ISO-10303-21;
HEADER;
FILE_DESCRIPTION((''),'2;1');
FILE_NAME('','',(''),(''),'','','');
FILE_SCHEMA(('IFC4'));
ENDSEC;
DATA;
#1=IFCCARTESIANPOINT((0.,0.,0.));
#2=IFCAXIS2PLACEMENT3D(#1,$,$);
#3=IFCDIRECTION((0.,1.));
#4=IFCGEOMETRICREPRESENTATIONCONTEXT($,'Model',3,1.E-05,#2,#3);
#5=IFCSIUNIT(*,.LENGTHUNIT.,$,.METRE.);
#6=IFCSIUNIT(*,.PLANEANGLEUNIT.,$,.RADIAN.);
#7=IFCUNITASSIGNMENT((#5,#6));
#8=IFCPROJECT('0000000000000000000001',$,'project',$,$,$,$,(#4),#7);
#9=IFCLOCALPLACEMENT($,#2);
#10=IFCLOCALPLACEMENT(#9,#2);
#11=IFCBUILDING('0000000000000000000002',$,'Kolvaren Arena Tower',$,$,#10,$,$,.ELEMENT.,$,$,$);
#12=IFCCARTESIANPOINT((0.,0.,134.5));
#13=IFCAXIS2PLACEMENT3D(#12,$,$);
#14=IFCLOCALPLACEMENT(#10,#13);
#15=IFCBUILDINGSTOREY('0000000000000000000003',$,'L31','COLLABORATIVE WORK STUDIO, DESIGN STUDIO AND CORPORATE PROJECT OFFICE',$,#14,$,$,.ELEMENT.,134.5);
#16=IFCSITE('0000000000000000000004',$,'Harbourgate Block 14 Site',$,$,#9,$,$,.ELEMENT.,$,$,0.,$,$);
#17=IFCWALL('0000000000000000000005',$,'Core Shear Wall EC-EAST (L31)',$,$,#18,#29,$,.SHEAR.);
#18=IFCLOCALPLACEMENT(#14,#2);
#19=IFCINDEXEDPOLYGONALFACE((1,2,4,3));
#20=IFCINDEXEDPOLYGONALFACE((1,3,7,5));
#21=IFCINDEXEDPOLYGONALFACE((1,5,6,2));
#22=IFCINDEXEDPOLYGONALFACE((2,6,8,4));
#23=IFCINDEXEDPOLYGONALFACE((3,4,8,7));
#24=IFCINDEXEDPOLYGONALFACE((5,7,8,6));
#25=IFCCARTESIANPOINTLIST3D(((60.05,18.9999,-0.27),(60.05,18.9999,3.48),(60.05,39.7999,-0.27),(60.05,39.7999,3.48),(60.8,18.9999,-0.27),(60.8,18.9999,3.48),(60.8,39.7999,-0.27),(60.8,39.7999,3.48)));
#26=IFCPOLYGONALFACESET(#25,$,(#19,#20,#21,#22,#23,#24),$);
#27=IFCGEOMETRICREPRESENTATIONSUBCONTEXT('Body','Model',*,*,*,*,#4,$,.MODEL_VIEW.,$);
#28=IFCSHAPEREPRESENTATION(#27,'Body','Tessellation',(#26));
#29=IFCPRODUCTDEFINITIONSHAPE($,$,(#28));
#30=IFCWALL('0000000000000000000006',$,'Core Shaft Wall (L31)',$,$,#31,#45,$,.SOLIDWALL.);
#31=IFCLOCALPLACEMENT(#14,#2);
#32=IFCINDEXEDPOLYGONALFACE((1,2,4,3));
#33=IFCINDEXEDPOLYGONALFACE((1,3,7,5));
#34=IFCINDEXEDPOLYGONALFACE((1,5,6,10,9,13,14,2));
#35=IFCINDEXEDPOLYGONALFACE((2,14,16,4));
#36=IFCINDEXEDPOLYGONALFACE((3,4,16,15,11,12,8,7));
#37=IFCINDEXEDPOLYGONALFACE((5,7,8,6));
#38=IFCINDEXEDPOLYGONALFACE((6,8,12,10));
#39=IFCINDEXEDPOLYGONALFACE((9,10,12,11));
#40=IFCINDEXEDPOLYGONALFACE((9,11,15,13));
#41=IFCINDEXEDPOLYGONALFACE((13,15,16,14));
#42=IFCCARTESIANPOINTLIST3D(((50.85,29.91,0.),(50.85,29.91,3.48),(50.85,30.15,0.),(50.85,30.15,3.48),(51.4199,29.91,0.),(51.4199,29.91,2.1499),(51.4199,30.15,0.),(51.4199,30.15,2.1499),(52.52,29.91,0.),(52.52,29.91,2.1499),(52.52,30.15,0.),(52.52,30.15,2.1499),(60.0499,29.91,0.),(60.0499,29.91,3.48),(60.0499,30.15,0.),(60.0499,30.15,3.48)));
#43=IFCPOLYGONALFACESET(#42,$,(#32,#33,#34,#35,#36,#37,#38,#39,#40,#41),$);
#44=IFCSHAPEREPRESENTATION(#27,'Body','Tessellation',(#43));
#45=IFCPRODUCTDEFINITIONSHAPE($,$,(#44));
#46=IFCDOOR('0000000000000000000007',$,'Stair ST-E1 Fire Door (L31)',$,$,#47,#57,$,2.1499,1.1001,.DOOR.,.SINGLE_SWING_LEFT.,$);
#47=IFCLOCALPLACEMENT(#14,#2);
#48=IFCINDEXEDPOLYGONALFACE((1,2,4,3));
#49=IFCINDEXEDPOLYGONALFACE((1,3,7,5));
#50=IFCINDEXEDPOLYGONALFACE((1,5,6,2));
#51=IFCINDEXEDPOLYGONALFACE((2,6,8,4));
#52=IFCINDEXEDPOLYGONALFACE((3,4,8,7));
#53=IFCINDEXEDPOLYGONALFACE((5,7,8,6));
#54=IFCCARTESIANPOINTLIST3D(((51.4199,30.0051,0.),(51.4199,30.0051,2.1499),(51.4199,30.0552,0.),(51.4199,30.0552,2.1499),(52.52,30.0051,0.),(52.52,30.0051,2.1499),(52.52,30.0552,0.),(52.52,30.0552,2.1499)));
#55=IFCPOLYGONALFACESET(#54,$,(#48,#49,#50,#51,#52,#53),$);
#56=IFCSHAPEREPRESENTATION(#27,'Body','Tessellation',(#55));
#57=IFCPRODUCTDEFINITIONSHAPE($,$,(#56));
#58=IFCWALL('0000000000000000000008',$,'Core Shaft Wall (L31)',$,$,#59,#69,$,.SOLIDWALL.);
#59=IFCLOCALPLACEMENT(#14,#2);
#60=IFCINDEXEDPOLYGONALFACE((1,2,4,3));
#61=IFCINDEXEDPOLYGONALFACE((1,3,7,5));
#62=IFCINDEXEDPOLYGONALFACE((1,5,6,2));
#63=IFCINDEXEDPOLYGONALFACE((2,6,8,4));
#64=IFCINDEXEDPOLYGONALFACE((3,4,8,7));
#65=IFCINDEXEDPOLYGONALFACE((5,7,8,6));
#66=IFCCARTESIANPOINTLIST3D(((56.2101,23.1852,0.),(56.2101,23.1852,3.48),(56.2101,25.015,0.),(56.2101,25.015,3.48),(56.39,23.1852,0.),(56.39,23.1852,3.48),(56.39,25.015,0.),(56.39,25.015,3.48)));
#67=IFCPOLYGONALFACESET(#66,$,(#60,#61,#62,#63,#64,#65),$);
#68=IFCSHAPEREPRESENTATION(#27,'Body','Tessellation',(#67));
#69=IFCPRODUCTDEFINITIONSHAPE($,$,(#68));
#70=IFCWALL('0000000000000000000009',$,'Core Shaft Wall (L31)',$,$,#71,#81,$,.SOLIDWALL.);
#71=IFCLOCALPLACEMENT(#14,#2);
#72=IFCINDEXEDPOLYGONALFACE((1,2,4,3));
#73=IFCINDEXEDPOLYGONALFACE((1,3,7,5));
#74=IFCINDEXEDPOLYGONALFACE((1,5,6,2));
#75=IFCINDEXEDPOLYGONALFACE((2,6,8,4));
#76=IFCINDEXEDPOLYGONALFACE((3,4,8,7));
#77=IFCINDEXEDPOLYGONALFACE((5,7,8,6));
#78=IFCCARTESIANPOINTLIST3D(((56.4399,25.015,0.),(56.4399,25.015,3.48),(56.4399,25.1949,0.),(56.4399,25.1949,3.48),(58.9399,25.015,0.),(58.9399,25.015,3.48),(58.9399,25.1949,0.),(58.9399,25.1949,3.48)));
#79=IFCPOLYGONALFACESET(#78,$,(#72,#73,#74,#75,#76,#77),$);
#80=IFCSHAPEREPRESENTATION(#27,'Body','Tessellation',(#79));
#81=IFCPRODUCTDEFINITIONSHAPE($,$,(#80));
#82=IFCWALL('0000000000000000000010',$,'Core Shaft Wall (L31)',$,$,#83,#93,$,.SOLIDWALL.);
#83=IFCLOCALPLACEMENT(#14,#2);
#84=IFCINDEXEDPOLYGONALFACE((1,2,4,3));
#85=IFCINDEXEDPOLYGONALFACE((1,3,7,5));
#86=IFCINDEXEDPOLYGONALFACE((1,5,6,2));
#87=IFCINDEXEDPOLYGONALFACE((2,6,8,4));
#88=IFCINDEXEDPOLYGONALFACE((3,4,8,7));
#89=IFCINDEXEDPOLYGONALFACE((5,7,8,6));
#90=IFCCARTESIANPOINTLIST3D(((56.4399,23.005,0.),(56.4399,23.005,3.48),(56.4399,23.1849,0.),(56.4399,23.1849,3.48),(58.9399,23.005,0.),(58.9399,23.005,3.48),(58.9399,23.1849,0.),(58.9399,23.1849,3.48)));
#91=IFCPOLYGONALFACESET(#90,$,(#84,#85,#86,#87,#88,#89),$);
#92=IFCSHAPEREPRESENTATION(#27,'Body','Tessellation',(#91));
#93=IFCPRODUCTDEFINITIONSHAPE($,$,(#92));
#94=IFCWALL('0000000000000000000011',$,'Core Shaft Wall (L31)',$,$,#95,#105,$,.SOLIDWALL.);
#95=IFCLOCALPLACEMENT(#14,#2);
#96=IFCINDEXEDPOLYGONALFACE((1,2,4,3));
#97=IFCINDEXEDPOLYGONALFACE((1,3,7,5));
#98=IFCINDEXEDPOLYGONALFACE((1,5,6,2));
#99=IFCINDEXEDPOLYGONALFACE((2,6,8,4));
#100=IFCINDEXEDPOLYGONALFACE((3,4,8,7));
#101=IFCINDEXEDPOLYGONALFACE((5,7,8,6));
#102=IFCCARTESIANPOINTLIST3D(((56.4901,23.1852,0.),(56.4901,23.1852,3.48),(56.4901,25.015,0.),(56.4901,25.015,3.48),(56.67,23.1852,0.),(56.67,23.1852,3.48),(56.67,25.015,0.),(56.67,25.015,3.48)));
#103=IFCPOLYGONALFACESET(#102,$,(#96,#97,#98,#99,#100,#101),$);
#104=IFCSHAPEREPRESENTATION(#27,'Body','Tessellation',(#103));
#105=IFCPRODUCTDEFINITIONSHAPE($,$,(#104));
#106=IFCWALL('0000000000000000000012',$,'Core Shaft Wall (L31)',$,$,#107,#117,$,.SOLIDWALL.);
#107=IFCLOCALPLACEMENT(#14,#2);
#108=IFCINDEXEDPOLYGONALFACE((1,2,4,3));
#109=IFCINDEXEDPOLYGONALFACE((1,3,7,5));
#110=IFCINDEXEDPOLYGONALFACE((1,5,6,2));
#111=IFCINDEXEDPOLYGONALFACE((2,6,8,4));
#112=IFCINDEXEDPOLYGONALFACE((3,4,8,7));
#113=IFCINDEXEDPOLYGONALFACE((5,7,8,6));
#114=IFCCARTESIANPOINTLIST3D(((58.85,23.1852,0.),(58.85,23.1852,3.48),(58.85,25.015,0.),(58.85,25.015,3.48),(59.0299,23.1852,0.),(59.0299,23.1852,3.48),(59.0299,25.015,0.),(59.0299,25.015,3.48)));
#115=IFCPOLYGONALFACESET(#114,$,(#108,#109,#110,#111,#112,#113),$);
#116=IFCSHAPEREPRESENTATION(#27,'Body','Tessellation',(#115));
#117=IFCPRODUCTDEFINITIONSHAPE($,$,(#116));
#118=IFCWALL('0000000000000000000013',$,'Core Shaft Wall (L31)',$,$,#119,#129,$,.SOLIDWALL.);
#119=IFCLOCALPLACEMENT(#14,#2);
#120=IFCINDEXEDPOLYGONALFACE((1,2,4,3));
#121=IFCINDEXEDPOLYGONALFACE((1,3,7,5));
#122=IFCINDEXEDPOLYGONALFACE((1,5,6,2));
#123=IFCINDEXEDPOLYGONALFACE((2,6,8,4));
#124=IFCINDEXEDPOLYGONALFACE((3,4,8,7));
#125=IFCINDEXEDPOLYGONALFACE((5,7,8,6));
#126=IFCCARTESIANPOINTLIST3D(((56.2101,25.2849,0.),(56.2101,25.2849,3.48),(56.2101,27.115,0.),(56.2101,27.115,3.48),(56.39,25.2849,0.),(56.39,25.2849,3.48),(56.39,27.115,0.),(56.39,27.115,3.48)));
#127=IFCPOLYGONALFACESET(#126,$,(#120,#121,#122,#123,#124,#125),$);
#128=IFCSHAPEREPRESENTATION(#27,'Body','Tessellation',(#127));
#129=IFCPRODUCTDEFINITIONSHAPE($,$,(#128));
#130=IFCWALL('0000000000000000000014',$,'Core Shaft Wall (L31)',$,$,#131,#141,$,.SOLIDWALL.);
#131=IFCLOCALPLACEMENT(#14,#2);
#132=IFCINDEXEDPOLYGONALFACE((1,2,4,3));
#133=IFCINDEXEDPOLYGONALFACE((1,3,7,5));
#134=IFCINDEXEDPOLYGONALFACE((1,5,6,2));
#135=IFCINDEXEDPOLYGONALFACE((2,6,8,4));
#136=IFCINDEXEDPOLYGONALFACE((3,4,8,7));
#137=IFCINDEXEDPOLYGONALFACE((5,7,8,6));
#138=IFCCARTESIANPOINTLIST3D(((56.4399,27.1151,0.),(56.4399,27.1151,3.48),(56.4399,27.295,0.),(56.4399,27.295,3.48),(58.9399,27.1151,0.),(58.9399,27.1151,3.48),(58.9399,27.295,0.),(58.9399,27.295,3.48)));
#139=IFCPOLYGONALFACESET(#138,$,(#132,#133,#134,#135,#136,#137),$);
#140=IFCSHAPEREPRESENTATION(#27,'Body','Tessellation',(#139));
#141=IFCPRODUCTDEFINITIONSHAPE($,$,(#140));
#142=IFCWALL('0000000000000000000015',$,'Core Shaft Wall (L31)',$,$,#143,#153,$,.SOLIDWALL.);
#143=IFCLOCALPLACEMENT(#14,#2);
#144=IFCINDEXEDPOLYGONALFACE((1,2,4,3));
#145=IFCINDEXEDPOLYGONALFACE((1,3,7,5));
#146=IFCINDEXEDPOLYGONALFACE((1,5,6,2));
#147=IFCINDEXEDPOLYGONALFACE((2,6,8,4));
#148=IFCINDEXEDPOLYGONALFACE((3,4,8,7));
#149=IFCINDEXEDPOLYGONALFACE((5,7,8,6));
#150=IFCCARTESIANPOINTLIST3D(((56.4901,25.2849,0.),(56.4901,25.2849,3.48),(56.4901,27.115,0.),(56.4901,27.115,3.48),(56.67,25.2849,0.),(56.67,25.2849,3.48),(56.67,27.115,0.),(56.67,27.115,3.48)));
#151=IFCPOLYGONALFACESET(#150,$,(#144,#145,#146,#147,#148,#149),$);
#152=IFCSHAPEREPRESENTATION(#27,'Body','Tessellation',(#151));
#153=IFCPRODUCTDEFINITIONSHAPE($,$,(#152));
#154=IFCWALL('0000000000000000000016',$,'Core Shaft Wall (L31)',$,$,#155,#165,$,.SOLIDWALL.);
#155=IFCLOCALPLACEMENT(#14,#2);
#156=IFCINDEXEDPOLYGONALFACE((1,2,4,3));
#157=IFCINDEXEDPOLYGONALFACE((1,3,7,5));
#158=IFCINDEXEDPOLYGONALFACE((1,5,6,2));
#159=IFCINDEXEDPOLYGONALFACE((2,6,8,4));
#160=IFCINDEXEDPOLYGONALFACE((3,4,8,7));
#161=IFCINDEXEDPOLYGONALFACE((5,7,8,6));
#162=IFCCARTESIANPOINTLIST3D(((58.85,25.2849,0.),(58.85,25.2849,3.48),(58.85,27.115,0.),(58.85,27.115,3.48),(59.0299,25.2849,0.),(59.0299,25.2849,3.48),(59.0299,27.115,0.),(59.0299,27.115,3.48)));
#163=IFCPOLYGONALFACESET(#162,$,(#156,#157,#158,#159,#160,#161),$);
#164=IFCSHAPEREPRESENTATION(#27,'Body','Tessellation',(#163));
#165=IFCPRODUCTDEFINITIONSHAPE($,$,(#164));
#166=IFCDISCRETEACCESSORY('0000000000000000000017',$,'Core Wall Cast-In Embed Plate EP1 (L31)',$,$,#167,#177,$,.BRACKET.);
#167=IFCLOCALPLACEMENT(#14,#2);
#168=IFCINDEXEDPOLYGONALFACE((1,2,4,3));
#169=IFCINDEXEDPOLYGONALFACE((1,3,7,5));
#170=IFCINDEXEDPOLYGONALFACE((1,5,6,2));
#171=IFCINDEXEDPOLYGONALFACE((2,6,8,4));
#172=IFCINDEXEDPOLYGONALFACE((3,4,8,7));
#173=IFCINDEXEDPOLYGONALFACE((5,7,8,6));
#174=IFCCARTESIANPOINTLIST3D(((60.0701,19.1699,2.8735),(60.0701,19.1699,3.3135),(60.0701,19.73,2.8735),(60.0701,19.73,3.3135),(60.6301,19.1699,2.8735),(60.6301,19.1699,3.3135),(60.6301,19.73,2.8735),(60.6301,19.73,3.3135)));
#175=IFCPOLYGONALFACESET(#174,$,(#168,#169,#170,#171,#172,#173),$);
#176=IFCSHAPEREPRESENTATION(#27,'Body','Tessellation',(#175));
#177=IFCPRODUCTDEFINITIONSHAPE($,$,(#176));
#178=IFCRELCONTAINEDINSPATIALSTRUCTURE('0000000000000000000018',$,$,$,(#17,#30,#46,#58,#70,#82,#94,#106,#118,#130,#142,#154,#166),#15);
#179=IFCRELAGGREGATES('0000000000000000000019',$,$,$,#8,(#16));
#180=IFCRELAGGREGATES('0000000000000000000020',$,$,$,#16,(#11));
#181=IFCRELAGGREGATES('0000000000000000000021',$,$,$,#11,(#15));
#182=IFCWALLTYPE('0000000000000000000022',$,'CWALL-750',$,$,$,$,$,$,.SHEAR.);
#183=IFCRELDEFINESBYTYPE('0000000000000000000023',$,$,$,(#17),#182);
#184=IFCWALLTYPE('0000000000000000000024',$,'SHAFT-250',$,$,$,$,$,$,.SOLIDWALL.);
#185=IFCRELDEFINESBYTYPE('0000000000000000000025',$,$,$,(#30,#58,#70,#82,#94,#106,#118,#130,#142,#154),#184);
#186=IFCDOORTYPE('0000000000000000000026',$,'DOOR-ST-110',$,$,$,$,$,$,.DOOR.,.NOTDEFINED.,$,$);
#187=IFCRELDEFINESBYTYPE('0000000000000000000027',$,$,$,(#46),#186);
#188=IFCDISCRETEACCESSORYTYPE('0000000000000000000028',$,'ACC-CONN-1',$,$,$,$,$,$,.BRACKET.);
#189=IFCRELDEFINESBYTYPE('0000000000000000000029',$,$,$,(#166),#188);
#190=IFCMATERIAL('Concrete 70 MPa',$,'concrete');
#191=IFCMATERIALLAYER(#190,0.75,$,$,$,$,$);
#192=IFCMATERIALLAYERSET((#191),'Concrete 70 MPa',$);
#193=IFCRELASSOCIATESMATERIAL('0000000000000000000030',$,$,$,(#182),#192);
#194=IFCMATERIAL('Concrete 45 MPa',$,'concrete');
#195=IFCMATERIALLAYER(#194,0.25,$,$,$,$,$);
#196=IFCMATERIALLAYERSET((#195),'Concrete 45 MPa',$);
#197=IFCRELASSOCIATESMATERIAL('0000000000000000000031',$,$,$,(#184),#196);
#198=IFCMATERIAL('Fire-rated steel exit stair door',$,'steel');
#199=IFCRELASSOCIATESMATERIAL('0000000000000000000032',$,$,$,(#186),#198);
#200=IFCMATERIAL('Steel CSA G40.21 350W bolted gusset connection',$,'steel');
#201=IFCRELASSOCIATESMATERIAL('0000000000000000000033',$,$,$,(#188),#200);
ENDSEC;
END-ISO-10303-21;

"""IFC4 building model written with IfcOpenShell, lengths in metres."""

from ifc_helpers import new_model, si_unit, direction, frame, frame_2d, origin, origin_2d, place, context, subcontext, project, spatial, rectangle, extrude, material, layer, layer_set, type_object, element, fill, save


model = new_model("IFC4")

# Units and contexts
model_context = context("Model", 3, precision=1e-05, world=origin(), true_north=direction((0.0, 1.0)))
body_context = subcontext(model_context, "Body", "Model", "MODEL_VIEW")
ifc_project = project(units=[si_unit("LENGTHUNIT", "METRE"), si_unit("PLANEANGLEUNIT", "RADIAN")], contexts=[model_context])

# Site, building, storey
site_placement = place(None, origin())
site = spatial("IfcSite", under=ifc_project, at=site_placement, Name="Harbourgate Block 14 Site", CompositionType="ELEMENT", RefElevation=0.0)
building_placement = place(site_placement, origin())
building = spatial("IfcBuilding", under=site, at=building_placement, Name="Kolvaren Arena Tower", CompositionType="ELEMENT")
storey_placement = place(building_placement, frame((0.0, 0.0, 134.5)))
storey = spatial("IfcBuildingStorey", under=building, at=storey_placement, Name="L31", Description="COLLABORATIVE WORK STUDIO, DESIGN STUDIO AND CORPORATE PROJECT OFFICE", CompositionType="ELEMENT", Elevation=134.5)

# Wall
ifc_material_1 = material(Name="Concrete 70 MPa", Category="concrete")
ifc_layer_1 = layer(ifc_material_1, 0.75)
ifc_layer_set_1 = layer_set([ifc_layer_1], Name="Concrete 70 MPa")
wall_type_1 = type_object("IfcWallType", Name="CWALL-750", PredefinedType="SHEAR", material=ifc_layer_set_1)
wall_1_placement = place(storey_placement, frame((60.425, 19.0, -0.27), z_axis=(0.0, 0.0, 1.0), x_axis=(0.0, 1.0, 0.0)))
element("IfcWall", 1, at=wall_1_placement, inside=storey, type_object=wall_type_1, Name="Core Shear Wall EC-EAST (L31)", PredefinedType="SHEAR", context=body_context, shape_type="SweptSolid", body=[
    extrude(rectangle(XDim=20.8, YDim=0.75, at=frame_2d((10.3999, 0.0))), origin(), (0.0, 0.0, 1.0), 3.75),
])

# Wall, opening, door
ifc_material_2 = material(Name="Concrete 45 MPa", Category="concrete")
ifc_layer_2 = layer(ifc_material_2, 0.25)
ifc_layer_set_2 = layer_set([ifc_layer_2], Name="Concrete 45 MPa")
wall_type_2 = type_object("IfcWallType", Name="SHAFT-250", PredefinedType="SOLIDWALL", material=ifc_layer_set_2)
wall_2_placement = place(storey_placement, frame((60.05, 30.03, 0.0), z_axis=(0.0, 0.0, 1.0), x_axis=(-1.0, 0.0, 0.0)))
wall_2 = element("IfcWall", 2, at=wall_2_placement, inside=storey, type_object=wall_type_2, Name="Core Shaft Wall (L31)", PredefinedType="SOLIDWALL", context=body_context, shape_type="SweptSolid", body=[
    extrude(rectangle(XDim=9.2, YDim=0.24, at=frame_2d((4.6001, 0.0))), origin(), (0.0, 0.0, 1.0), 3.48),
])
opening_placement = place(wall_2_placement, frame((7.53, 0.0, 0.0)))
opening = element("IfcOpeningElement", 3, at=opening_placement, cuts=wall_2, PredefinedType="OPENING", context=body_context, shape_type="SweptSolid", body=[
    extrude(rectangle(XDim=1.1001, YDim=2.1499, at=frame_2d((0.55, 1.075))), frame((0.0, 0.1299, 0.0), z_axis=(0.0, -1.0, 0.0), x_axis=(1.0, 0.0, 0.0)), (0.0, 0.0, 1.0), 0.26),
])
ifc_material_3 = material(Name="Fire-rated steel exit stair door", Category="steel")
door_type = type_object("IfcDoorType", Name="DOOR-ST-110", OperationType="NOTDEFINED", PredefinedType="DOOR", material=ifc_material_3)
door_placement = place(opening_placement, origin())
door = element("IfcDoor", 4, at=door_placement, inside=storey, type_object=door_type, Name="Stair ST-E1 Fire Door (L31)", OperationType="SINGLE_SWING_LEFT", OverallHeight=2.1499, OverallWidth=1.1001, PredefinedType="DOOR", context=body_context, shape_type="SweptSolid", body=[
    extrude(rectangle(XDim=1.1001, YDim=2.1499, at=frame_2d((0.55, 1.075))), frame((0.0, 0.0249, 0.0), z_axis=(0.0, -1.0, 0.0), x_axis=(1.0, 0.0, 0.0)), (0.0, 0.0, 1.0), 0.05),
])
fill(opening, door)

# Walls
wall_3_placement = place(storey_placement, frame((56.3, 23.1851, 0.0), z_axis=(0.0, 0.0, 1.0), x_axis=(0.0, 1.0, 0.0)))
element("IfcWall", 5, at=wall_3_placement, inside=storey, type_object=wall_type_2, Name="Core Shaft Wall (L31)", PredefinedType="SOLIDWALL", context=body_context, shape_type="SweptSolid", body=[
    extrude(rectangle(XDim=1.8298, YDim=0.1799, at=frame_2d((0.915, 0.0))), origin(), (0.0, 0.0, 1.0), 3.48),
])
for number, where, z_axis, x_axis, name in (
    (6, (56.4399, 25.105, 0.0), (0.0, 0.0, 1.0), (1.0, 0.0, 0.0), "Core Shaft Wall (L31)"),
    (7, (56.4399, 23.095, 0.0), (0.0, 0.0, 1.0), (1.0, 0.0, 0.0), "Core Shaft Wall (L31)"),
):
    element("IfcWall", number, at=place(storey_placement, frame(where, z_axis=z_axis, x_axis=x_axis)), inside=storey, type_object=wall_type_2, Name=name, PredefinedType="SOLIDWALL", context=body_context, shape_type="SweptSolid", body=[
        extrude(rectangle(XDim=2.5, YDim=0.1799, at=frame_2d((1.25, 0.0))), origin(), (0.0, 0.0, 1.0), 3.48),
    ])
for number, where, z_axis, x_axis, name in (
    (8, (56.5801, 23.1851, 0.0), (0.0, 0.0, 1.0), (0.0, 1.0, 0.0), "Core Shaft Wall (L31)"),
    (9, (58.9399, 23.1851, 0.0), (0.0, 0.0, 1.0), (0.0, 1.0, 0.0), "Core Shaft Wall (L31)"),
):
    element("IfcWall", number, at=place(storey_placement, frame(where, z_axis=z_axis, x_axis=x_axis)), inside=storey, type_object=wall_type_2, Name=name, PredefinedType="SOLIDWALL", context=body_context, shape_type="SweptSolid", body=[
        extrude(rectangle(XDim=1.8298, YDim=0.1799, at=frame_2d((0.915, 0.0))), origin(), (0.0, 0.0, 1.0), 3.48),
    ])
wall_4_placement = place(storey_placement, frame((56.3, 25.2849, 0.0), z_axis=(0.0, 0.0, 1.0), x_axis=(0.0, 1.0, 0.0)))
element("IfcWall", 10, at=wall_4_placement, inside=storey, type_object=wall_type_2, Name="Core Shaft Wall (L31)", PredefinedType="SOLIDWALL", context=body_context, shape_type="SweptSolid", body=[
    extrude(rectangle(XDim=1.8301, YDim=0.1799, at=frame_2d((0.915, 0.0))), origin(), (0.0, 0.0, 1.0), 3.48),
])
wall_5_placement = place(storey_placement, frame((56.4399, 27.2051, 0.0), z_axis=(0.0, 0.0, 1.0), x_axis=(1.0, 0.0, 0.0)))
element("IfcWall", 11, at=wall_5_placement, inside=storey, type_object=wall_type_2, Name="Core Shaft Wall (L31)", PredefinedType="SOLIDWALL", context=body_context, shape_type="SweptSolid", body=[
    extrude(rectangle(XDim=2.5, YDim=0.1799, at=frame_2d((1.25, 0.0))), origin(), (0.0, 0.0, 1.0), 3.48),
])
for number, where, z_axis, x_axis, name in (
    (12, (56.5801, 25.2849, 0.0), (0.0, 0.0, 1.0), (0.0, 1.0, 0.0), "Core Shaft Wall (L31)"),
    (13, (58.9399, 25.2849, 0.0), (0.0, 0.0, 1.0), (0.0, 1.0, 0.0), "Core Shaft Wall (L31)"),
):
    element("IfcWall", number, at=place(storey_placement, frame(where, z_axis=z_axis, x_axis=x_axis)), inside=storey, type_object=wall_type_2, Name=name, PredefinedType="SOLIDWALL", context=body_context, shape_type="SweptSolid", body=[
        extrude(rectangle(XDim=1.8301, YDim=0.1799, at=frame_2d((0.915, 0.0))), origin(), (0.0, 0.0, 1.0), 3.48),
    ])

# Discrete accessory
ifc_material_4 = material(Name="Steel CSA G40.21 350W bolted gusset connection", Category="steel")
discrete_accessory_type = type_object("IfcDiscreteAccessoryType", Name="ACC-CONN-1", PredefinedType="BRACKET", material=ifc_material_4)
discrete_accessory_placement = place(storey_placement, frame((60.3501, 19.45, 2.8735), z_axis=(0.0, 0.0, 1.0), x_axis=(1.0, 0.0, 0.0)))
element("IfcDiscreteAccessory", 14, at=discrete_accessory_placement, inside=storey, type_object=discrete_accessory_type, Name="Core Wall Cast-In Embed Plate EP1 (L31)", PredefinedType="BRACKET", context=body_context, shape_type="SweptSolid", body=[
    extrude(rectangle(XDim=0.5601, YDim=0.5601, at=origin_2d()), origin(), (0.0, 0.0, 1.0), 0.4399),
])

save(model, "model.ifc")
